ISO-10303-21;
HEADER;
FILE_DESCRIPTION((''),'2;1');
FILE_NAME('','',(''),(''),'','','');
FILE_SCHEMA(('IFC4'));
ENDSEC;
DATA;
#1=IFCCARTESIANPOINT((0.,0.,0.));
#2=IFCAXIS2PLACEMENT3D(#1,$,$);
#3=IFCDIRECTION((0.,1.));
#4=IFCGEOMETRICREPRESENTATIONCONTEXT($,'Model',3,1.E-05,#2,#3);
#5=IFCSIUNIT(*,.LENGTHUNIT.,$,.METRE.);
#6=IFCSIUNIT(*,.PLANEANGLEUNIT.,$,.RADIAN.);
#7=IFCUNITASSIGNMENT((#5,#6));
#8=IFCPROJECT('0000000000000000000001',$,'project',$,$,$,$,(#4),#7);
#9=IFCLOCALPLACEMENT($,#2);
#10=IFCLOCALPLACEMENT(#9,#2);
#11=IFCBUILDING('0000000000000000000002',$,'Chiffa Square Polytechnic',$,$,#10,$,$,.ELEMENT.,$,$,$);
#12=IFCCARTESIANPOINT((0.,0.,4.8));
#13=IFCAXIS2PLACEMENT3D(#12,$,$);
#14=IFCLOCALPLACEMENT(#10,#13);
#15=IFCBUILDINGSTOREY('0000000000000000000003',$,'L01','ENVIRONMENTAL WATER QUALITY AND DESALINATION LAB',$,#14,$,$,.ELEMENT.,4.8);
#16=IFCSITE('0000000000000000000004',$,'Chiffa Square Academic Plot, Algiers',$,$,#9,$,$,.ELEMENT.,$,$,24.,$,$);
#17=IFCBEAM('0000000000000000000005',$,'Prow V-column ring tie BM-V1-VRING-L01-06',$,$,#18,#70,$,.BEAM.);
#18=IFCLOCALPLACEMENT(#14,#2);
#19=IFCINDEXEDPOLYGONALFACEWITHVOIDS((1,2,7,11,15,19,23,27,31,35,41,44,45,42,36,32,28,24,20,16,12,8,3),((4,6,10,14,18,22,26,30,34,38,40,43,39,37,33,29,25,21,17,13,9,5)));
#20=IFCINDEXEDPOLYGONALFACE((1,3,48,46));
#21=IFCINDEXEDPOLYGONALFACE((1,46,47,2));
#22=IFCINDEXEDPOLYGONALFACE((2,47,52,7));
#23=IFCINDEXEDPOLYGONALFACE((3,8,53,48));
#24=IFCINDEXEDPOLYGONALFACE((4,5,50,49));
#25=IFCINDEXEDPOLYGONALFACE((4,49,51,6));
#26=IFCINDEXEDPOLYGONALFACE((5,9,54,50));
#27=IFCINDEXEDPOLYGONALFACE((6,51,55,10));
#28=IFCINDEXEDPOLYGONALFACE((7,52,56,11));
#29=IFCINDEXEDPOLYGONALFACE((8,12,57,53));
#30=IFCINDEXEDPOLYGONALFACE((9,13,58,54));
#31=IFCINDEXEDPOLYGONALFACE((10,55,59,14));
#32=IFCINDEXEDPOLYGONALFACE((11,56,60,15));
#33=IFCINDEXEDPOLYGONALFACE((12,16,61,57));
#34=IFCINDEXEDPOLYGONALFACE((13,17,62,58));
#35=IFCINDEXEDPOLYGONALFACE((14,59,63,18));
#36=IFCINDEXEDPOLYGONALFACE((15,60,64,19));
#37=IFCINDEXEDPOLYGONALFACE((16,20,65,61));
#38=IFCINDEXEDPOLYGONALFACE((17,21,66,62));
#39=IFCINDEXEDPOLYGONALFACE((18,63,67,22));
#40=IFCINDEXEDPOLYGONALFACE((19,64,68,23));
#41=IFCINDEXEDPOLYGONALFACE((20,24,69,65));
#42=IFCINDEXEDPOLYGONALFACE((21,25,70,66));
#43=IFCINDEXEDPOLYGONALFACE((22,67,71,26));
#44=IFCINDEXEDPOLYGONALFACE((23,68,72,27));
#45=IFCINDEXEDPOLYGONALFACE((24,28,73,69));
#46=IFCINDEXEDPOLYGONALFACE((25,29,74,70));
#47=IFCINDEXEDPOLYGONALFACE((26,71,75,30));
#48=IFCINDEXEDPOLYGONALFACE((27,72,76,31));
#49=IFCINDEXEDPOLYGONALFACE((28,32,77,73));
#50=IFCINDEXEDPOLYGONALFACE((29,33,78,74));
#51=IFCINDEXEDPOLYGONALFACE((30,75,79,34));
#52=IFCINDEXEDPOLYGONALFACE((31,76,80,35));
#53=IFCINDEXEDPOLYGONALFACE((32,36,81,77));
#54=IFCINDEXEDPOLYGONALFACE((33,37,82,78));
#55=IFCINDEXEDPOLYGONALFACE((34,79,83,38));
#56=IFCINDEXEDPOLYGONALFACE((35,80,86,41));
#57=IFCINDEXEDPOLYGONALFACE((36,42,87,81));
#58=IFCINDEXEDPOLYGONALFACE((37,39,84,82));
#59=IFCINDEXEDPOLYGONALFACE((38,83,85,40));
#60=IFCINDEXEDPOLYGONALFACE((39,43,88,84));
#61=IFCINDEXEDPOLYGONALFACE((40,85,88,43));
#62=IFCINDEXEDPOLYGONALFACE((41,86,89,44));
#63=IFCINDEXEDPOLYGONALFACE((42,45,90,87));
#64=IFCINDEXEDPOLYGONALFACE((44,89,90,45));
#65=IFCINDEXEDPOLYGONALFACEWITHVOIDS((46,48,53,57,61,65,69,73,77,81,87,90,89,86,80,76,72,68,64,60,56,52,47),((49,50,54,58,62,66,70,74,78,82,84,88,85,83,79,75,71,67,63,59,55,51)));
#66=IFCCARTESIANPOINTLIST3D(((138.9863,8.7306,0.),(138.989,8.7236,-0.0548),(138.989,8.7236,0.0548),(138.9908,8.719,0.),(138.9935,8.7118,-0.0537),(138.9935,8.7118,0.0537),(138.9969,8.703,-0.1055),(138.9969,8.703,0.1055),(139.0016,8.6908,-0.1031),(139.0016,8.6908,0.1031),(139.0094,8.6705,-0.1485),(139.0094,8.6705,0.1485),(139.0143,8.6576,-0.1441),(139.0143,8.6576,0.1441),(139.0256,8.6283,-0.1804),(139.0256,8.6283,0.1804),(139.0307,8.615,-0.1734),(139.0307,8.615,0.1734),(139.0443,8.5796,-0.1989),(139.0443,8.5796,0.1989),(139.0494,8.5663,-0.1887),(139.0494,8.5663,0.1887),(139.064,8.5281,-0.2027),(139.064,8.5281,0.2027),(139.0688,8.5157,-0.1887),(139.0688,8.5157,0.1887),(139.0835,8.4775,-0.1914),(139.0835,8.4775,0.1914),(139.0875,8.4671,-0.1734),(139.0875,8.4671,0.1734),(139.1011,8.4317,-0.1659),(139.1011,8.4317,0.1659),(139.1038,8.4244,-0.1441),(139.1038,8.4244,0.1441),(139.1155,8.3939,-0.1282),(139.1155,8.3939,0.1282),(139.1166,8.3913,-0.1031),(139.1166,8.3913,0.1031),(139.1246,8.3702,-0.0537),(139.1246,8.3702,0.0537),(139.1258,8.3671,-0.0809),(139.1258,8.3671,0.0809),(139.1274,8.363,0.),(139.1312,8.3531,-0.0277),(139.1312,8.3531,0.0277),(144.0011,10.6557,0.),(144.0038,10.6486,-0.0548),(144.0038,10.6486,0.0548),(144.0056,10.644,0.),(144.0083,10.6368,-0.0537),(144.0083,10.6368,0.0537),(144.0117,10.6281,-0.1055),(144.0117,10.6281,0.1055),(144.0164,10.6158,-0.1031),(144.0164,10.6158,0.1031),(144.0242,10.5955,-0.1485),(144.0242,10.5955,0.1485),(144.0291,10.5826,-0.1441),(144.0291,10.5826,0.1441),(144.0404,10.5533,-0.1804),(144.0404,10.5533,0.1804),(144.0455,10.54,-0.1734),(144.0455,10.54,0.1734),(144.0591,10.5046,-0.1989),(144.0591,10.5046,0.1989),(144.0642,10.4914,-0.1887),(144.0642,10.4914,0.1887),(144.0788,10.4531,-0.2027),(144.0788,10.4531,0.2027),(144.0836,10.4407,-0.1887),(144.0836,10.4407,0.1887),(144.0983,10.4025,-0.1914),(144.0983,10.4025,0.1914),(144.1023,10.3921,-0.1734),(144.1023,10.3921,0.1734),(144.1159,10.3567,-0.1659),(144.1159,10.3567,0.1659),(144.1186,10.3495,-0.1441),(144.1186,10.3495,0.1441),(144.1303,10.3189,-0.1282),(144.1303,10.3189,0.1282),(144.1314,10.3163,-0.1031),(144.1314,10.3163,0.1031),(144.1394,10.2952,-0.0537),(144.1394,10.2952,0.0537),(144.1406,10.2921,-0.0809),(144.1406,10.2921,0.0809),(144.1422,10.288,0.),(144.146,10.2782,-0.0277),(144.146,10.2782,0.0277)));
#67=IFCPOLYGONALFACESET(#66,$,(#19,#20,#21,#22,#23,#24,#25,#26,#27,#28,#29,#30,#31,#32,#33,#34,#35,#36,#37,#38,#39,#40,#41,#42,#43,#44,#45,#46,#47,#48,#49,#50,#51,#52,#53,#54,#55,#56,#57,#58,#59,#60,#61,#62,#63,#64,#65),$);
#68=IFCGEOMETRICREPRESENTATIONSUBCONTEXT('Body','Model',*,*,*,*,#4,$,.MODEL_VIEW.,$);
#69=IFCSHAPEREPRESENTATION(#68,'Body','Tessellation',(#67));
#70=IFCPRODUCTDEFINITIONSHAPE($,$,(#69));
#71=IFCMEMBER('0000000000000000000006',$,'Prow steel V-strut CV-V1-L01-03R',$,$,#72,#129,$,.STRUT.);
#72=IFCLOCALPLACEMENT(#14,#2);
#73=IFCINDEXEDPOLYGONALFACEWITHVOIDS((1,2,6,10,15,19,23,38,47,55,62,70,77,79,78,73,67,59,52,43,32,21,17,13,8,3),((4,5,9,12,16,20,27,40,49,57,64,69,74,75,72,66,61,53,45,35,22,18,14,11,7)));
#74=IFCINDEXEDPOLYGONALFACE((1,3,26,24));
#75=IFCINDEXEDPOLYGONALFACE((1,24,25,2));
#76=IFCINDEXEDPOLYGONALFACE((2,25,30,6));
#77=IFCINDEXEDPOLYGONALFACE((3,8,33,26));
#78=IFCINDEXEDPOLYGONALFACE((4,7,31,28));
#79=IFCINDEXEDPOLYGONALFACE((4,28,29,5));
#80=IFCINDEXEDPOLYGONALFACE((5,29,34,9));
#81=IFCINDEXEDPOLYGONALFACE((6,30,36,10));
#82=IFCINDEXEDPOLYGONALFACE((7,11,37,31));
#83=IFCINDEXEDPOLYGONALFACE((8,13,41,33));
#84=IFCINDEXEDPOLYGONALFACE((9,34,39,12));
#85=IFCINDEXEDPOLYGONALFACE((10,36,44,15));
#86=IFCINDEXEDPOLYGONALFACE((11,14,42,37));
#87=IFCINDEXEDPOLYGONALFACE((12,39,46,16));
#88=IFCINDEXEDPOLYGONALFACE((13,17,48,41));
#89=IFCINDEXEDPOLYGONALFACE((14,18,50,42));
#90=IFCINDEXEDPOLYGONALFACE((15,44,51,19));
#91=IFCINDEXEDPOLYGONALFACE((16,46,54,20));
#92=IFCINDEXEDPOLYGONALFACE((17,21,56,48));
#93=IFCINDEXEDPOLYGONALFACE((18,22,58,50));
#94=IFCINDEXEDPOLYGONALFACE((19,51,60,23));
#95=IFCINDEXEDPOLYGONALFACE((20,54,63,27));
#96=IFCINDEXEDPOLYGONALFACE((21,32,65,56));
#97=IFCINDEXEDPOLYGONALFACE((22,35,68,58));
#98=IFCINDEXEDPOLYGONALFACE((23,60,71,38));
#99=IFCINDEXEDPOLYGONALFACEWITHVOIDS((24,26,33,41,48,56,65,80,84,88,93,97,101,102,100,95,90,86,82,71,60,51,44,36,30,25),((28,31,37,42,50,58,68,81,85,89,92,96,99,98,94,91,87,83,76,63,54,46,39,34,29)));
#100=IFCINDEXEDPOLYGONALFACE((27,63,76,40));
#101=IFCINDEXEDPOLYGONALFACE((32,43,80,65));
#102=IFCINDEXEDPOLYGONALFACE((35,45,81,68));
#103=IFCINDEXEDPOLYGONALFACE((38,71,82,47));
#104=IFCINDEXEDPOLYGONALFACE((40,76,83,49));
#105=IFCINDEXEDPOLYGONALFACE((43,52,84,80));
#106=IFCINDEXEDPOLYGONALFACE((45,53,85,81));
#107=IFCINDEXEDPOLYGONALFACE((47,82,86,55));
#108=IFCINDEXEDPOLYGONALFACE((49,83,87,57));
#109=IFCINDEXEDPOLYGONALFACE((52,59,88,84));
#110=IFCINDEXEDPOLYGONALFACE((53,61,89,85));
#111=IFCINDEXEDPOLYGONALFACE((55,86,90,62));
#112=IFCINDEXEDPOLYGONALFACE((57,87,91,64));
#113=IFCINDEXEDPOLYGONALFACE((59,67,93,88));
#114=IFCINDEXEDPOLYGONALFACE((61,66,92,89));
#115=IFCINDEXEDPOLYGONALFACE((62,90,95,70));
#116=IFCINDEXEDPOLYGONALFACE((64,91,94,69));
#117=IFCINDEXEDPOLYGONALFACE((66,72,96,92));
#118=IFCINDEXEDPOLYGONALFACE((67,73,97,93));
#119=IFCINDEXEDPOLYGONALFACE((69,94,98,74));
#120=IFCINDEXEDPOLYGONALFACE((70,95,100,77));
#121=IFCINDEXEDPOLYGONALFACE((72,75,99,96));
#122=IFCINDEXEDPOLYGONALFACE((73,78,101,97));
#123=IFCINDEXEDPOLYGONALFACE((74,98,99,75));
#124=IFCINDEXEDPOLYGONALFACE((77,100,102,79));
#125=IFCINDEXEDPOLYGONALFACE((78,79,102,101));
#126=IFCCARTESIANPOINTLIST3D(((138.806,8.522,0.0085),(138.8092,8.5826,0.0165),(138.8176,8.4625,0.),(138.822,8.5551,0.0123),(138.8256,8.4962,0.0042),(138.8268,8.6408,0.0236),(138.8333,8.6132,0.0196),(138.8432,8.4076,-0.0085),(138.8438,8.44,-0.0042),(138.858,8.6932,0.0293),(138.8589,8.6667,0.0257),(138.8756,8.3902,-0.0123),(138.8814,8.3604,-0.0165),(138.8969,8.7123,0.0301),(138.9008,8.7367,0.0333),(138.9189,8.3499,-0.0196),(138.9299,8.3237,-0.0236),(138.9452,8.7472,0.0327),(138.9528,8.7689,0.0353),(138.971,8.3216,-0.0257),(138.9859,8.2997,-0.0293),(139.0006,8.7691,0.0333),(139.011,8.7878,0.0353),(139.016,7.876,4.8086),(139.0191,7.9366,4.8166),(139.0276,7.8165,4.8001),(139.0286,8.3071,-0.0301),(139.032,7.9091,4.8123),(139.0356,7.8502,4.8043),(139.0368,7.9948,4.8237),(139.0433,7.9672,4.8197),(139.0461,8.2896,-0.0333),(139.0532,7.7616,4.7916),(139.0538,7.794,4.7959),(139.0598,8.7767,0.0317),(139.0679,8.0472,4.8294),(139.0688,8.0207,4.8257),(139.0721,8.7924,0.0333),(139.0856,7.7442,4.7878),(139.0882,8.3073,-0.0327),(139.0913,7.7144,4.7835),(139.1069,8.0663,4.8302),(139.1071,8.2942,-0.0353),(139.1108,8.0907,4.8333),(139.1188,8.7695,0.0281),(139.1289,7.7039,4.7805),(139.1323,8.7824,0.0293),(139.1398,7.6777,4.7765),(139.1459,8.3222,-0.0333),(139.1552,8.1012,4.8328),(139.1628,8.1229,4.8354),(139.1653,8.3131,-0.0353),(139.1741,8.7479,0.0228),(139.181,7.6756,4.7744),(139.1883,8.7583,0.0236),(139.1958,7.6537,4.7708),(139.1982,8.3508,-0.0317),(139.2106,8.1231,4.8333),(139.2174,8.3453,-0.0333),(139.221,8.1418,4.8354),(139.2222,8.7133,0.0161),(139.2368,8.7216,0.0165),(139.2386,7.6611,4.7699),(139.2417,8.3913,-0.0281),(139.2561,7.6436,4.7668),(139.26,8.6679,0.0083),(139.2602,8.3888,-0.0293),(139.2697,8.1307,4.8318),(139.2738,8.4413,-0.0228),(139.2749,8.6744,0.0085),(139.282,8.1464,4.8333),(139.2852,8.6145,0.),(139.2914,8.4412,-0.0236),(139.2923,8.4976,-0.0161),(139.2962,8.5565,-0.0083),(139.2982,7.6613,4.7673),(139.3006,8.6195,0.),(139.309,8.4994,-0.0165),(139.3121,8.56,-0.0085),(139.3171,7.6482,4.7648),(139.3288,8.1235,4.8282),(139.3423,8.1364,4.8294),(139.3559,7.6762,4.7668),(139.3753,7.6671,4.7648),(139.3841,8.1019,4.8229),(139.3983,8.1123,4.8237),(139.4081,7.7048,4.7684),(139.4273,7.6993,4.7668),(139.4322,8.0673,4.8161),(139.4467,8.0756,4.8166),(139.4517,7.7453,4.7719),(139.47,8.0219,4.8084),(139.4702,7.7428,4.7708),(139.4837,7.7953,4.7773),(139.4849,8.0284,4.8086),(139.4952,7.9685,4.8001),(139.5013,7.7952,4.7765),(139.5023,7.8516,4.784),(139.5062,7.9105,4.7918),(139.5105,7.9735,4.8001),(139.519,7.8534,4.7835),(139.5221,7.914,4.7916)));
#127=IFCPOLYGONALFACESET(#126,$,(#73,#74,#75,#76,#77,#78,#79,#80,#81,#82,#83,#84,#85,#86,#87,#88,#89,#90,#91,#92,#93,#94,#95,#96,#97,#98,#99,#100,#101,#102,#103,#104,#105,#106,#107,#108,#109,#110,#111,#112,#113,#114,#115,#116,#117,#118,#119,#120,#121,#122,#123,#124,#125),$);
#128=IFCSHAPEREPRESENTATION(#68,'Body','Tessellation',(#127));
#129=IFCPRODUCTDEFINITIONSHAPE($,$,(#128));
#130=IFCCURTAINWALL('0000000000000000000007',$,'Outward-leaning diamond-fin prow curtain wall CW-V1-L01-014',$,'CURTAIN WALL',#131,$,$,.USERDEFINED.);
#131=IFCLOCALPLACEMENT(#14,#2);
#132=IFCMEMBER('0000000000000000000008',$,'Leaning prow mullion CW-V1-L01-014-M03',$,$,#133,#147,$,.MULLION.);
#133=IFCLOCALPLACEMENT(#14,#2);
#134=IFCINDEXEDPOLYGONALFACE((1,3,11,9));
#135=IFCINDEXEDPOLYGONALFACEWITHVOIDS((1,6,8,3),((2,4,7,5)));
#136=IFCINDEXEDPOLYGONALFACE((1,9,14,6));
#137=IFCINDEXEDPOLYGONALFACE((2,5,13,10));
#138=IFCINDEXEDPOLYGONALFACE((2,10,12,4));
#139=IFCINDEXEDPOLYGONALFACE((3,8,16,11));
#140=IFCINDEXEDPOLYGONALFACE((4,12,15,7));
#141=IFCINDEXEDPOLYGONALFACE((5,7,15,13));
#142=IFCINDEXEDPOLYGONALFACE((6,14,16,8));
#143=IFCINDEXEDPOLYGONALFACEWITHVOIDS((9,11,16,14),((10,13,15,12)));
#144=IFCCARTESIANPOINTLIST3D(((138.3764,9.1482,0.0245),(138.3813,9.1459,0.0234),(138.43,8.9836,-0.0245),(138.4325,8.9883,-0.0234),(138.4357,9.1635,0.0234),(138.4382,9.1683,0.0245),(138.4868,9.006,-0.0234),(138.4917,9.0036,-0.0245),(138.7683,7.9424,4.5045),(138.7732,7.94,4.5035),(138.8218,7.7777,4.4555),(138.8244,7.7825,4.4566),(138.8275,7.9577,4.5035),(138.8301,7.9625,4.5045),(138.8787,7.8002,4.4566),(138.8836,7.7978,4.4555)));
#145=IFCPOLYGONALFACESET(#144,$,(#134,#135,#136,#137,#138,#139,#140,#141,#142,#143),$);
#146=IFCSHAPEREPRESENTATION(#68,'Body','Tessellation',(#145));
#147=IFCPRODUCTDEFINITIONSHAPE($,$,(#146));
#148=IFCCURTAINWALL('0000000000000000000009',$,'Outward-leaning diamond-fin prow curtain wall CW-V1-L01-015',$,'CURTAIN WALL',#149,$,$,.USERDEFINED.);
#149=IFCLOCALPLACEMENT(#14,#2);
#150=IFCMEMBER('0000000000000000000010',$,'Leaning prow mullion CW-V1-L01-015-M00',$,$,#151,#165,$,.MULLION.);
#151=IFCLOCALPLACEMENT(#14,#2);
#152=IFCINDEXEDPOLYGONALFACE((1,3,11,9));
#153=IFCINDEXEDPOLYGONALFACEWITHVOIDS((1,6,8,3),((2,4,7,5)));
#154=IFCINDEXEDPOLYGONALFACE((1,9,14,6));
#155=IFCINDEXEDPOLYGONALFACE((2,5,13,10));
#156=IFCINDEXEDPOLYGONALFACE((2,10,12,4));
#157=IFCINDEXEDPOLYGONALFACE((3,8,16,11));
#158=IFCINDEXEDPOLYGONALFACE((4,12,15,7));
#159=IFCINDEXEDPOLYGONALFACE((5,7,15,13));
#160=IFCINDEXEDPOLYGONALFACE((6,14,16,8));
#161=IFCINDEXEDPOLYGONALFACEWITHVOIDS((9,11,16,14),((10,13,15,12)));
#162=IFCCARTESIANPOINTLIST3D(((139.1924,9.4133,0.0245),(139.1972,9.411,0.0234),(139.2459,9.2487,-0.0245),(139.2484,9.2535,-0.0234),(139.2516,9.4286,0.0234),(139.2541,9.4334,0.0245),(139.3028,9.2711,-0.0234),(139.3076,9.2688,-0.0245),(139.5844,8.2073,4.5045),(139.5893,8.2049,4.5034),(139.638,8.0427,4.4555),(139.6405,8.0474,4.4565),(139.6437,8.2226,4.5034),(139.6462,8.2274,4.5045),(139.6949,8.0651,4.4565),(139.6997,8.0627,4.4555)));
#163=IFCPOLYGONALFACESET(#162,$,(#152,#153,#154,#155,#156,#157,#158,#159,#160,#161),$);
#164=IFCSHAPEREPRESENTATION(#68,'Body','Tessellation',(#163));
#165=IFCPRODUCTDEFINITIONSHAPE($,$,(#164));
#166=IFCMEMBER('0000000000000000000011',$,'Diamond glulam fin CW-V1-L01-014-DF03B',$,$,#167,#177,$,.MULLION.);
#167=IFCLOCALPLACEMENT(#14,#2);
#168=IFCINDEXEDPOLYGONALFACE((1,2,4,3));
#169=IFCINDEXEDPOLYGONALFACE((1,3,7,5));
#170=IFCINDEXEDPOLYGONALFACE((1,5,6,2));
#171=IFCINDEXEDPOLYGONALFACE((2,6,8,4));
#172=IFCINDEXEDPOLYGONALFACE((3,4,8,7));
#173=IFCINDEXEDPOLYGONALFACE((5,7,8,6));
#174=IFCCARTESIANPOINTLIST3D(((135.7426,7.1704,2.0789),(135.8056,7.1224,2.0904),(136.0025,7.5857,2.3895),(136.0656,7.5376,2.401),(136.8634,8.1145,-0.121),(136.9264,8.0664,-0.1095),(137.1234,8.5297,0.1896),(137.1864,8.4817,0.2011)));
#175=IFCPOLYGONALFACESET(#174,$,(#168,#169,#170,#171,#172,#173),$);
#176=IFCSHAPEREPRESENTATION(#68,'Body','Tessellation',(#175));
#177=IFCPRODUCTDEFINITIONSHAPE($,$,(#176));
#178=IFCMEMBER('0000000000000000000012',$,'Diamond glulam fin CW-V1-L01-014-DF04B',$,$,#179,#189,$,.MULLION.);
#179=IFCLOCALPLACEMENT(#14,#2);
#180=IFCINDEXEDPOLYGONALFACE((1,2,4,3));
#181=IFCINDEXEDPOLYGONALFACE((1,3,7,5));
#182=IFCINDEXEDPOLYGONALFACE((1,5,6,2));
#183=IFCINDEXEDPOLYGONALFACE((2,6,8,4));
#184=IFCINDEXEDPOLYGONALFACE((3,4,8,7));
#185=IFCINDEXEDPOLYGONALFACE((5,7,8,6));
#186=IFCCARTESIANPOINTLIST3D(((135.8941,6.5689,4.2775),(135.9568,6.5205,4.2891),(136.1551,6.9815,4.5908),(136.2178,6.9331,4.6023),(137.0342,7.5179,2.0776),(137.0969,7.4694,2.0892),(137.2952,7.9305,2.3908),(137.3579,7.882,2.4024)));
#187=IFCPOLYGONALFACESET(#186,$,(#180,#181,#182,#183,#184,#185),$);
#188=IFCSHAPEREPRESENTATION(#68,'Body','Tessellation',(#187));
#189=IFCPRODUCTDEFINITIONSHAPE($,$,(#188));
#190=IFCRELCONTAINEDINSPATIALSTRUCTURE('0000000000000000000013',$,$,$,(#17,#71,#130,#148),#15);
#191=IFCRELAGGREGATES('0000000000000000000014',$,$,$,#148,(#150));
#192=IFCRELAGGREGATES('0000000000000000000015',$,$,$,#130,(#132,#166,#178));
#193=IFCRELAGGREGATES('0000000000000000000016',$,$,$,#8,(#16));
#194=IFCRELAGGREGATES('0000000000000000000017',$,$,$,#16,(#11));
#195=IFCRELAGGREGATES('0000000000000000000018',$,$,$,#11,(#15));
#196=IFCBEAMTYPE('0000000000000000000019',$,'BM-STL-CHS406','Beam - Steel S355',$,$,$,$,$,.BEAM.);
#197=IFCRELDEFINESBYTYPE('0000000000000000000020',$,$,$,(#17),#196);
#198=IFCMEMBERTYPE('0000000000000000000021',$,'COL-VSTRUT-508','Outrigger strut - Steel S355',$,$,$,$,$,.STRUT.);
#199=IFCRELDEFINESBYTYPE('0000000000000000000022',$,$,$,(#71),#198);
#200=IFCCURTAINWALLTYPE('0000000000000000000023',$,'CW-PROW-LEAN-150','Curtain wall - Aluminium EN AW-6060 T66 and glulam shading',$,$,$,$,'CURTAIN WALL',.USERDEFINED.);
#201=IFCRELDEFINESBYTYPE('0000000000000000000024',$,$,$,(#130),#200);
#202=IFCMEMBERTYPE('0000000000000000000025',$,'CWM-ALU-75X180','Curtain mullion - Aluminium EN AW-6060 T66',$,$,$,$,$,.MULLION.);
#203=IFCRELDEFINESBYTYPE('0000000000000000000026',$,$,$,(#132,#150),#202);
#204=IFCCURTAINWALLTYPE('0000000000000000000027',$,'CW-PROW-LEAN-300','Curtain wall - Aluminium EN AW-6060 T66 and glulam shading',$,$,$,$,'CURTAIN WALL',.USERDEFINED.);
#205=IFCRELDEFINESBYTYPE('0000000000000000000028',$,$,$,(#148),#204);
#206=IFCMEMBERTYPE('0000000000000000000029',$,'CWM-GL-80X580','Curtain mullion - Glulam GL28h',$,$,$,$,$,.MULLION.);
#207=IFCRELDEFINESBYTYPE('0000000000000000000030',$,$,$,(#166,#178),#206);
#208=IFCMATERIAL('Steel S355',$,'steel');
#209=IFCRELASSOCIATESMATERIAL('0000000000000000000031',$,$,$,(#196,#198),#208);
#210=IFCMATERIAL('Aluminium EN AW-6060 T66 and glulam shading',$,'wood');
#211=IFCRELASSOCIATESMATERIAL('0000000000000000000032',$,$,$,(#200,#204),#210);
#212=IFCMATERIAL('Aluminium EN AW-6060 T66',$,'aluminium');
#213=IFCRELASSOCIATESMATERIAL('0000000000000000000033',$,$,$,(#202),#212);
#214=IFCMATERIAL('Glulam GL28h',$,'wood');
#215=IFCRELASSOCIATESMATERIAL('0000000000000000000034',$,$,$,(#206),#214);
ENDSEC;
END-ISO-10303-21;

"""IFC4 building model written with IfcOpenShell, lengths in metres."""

from ifc_helpers import new_model, si_unit, direction, frame, origin, origin_2d, place, context, subcontext, project, spatial, rectangle, hollow_rectangle, hollow_circle, extrude, material, material_profile, profile_set, type_object, element, aggregate, save


model = new_model("IFC4")

# Units and contexts
model_context = context("Model", 3, precision=1e-05, world=origin(), true_north=direction((0.0, 1.0)))
body_context = subcontext(model_context, "Body", "Model", "MODEL_VIEW")
ifc_project = project(units=[si_unit("LENGTHUNIT", "METRE"), si_unit("PLANEANGLEUNIT", "RADIAN")], contexts=[model_context])

# Site, building, storey
site_placement = place(None, origin())
site = spatial("IfcSite", under=ifc_project, at=site_placement, Name="Chiffa Square Academic Plot, Algiers", CompositionType="ELEMENT", RefElevation=24.0)
building_placement = place(site_placement, origin())
building = spatial("IfcBuilding", under=site, at=building_placement, Name="Chiffa Square Polytechnic", CompositionType="ELEMENT")
storey_placement = place(building_placement, frame((0.0, 0.0, 4.8)))
storey = spatial("IfcBuildingStorey", under=building, at=storey_placement, Name="L01", Description="ENVIRONMENTAL WATER QUALITY AND DESALINATION LAB", CompositionType="ELEMENT", Elevation=4.8)

# Beam
ifc_material_1 = material(Name="Steel S355", Category="steel")
ifc_material_profile_1 = material_profile(ifc_material_1, hollow_circle(Radius=0.2031, WallThickness=0.0125, at=origin_2d()), Name="CHS 406.4x12.5")
ifc_profile_set_1 = profile_set([ifc_material_profile_1], Name="Steel S355")
beam_type = type_object("IfcBeamType", Name="BM-STL-CHS406", Description="Beam - Steel S355", PredefinedType="BEAM", material=ifc_profile_set_1)
beam_placement = place(storey_placement, frame((139.0591, 8.541, 0.0), z_axis=(0.93358, 0.35837, 0.0), x_axis=(-0.35837, 0.93358, 0.0)))
element("IfcBeam", 1, at=beam_placement, inside=storey, type_object=beam_type, Name="Prow V-column ring tie BM-V1-VRING-L01-06", PredefinedType="BEAM", context=body_context, shape_type="SweptSolid", body=[
    extrude(hollow_circle(Radius=0.2031, WallThickness=0.0125, at=origin_2d()), origin(), (0.0, 0.0, 1.0), 5.3716),
])

# Member
ifc_material_profile_2 = material_profile(ifc_material_1, hollow_circle(Radius=0.2539, WallThickness=0.0161, at=origin_2d()), Name="CHS 508x16")
ifc_profile_set_2 = profile_set([ifc_material_profile_2], Name="Steel S355")
member_type_1 = type_object("IfcMemberType", Name="COL-VSTRUT-508", Description="Outrigger strut - Steel S355", PredefinedType="STRUT", material=ifc_profile_set_2)
member_1_placement = place(storey_placement, frame((139.0591, 8.541, 0.0), z_axis=(0.04331, -0.133254, 0.990135), x_axis=(0.951029, 0.309102, 0.0)))
element("IfcMember", 2, at=member_1_placement, inside=storey, type_object=member_type_1, Name="Prow steel V-strut CV-V1-L01-03R", PredefinedType="STRUT", context=body_context, shape_type="SweptSolid", body=[
    extrude(hollow_circle(Radius=0.2539, WallThickness=0.0161, at=origin_2d()), origin(), (0.0, 0.0, 1.0), 4.8479),
])

# Curtain walls, members
ifc_material_2 = material(Name="Aluminium EN AW-6060 T66 and glulam shading", Category="wood")
curtain_wall_type_1 = type_object("IfcCurtainWallType", Name="CW-PROW-LEAN-150", Description="Curtain wall - Aluminium EN AW-6060 T66 and glulam shading", ElementType="CURTAIN WALL", PredefinedType="USERDEFINED", material=ifc_material_2)
curtain_wall_1_placement = place(storey_placement, origin())
curtain_wall_1 = element("IfcCurtainWall", 3, at=curtain_wall_1_placement, inside=storey, type_object=curtain_wall_type_1, Name="Outward-leaning diamond-fin prow curtain wall CW-V1-L01-014", ObjectType="CURTAIN WALL", PredefinedType="USERDEFINED")
ifc_material_3 = material(Name="Aluminium EN AW-6060 T66", Category="aluminium")
ifc_material_profile_3 = material_profile(ifc_material_3, hollow_rectangle(XDim=0.0649, YDim=0.1799, WallThickness=0.0039, at=origin_2d()), Name="ALU 65x180x4")
ifc_profile_set_3 = profile_set([ifc_material_profile_3], Name="Aluminium EN AW-6060 T66")
member_type_2 = type_object("IfcMemberType", Name="CWM-ALU-75X180", Description="Curtain mullion - Aluminium EN AW-6060 T66", PredefinedType="MULLION", material=ifc_profile_set_3)
member_2_placement = place(storey_placement, frame((138.4341, 9.0759, 0.0), z_axis=(0.08416, -0.258983, 0.962208), x_axis=(0.951044, 0.309056, 0.0)))
member_2 = element("IfcMember", 4, at=member_2_placement, type_object=member_type_2, Name="Leaning prow mullion CW-V1-L01-014-M03", PredefinedType="MULLION", context=body_context, shape_type="SweptSolid", body=[
    extrude(hollow_rectangle(XDim=0.0649, YDim=0.1799, WallThickness=0.0039, at=origin_2d()), origin(), (0.0, 0.0, 1.0), 4.656),
])
curtain_wall_type_2 = type_object("IfcCurtainWallType", Name="CW-PROW-LEAN-300", Description="Curtain wall - Aluminium EN AW-6060 T66 and glulam shading", ElementType="CURTAIN WALL", PredefinedType="USERDEFINED", material=ifc_material_2)
curtain_wall_2_placement = place(storey_placement, origin())
curtain_wall_2 = element("IfcCurtainWall", 5, at=curtain_wall_2_placement, inside=storey, type_object=curtain_wall_type_2, Name="Outward-leaning diamond-fin prow curtain wall CW-V1-L01-015", ObjectType="CURTAIN WALL", PredefinedType="USERDEFINED")
member_3_placement = place(storey_placement, frame((139.25, 9.3411, 0.0), z_axis=(0.084211, -0.259031, 0.962191), x_axis=(0.951006, 0.309173, 0.0)))
member_3 = element("IfcMember", 6, at=member_3_placement, type_object=member_type_2, Name="Leaning prow mullion CW-V1-L01-015-M00", PredefinedType="MULLION", context=body_context, shape_type="SweptSolid", body=[
    extrude(hollow_rectangle(XDim=0.0649, YDim=0.1799, WallThickness=0.0039, at=origin_2d()), origin(), (0.0, 0.0, 1.0), 4.656),
])

# Members
ifc_material_4 = material(Name="Glulam GL28h", Category="wood")
ifc_material_profile_4 = material_profile(ifc_material_4, rectangle(XDim=0.0801, YDim=0.5801, at=origin_2d()), Name="GL28h 80x580")
ifc_profile_set_4 = profile_set([ifc_material_profile_4], Name="Glulam GL28h")
member_type_3 = type_object("IfcMemberType", Name="CWM-GL-80X580", Description="Curtain mullion - Glulam GL28h", PredefinedType="MULLION", material=ifc_profile_set_4)
member_4_placement = place(storey_placement, frame((137.0249, 8.2981, 0.04), z_axis=(-0.424023, -0.357155, 0.832253), x_axis=(0.78702, -0.600009, 0.143488)))
member_4 = element("IfcMember", 7, at=member_4_placement, type_object=member_type_3, Name="Diamond glulam fin CW-V1-L01-014-DF03B", PredefinedType="MULLION", context=body_context, shape_type="SweptSolid", body=[
    extrude(rectangle(XDim=0.0801, YDim=0.5801, at=origin_2d()), origin(), (0.0, 0.0, 1.0), 2.6433),
])
member_5_placement = place(storey_placement, frame((137.196, 7.7, 2.24), z_axis=(-0.429698, -0.357652, 0.829123), x_axis=(0.782869, -0.605128, 0.144697)))
member_5 = element("IfcMember", 8, at=member_5_placement, type_object=member_type_3, Name="Diamond glulam fin CW-V1-L01-014-DF04B", PredefinedType="MULLION", context=body_context, shape_type="SweptSolid", body=[
    extrude(rectangle(XDim=0.0801, YDim=0.5801, at=origin_2d()), origin(), (0.0, 0.0, 1.0), 2.6533),
])

aggregate(curtain_wall_2, [member_3])
aggregate(curtain_wall_1, [member_2, member_4, member_5])

save(model, "model.ifc")
